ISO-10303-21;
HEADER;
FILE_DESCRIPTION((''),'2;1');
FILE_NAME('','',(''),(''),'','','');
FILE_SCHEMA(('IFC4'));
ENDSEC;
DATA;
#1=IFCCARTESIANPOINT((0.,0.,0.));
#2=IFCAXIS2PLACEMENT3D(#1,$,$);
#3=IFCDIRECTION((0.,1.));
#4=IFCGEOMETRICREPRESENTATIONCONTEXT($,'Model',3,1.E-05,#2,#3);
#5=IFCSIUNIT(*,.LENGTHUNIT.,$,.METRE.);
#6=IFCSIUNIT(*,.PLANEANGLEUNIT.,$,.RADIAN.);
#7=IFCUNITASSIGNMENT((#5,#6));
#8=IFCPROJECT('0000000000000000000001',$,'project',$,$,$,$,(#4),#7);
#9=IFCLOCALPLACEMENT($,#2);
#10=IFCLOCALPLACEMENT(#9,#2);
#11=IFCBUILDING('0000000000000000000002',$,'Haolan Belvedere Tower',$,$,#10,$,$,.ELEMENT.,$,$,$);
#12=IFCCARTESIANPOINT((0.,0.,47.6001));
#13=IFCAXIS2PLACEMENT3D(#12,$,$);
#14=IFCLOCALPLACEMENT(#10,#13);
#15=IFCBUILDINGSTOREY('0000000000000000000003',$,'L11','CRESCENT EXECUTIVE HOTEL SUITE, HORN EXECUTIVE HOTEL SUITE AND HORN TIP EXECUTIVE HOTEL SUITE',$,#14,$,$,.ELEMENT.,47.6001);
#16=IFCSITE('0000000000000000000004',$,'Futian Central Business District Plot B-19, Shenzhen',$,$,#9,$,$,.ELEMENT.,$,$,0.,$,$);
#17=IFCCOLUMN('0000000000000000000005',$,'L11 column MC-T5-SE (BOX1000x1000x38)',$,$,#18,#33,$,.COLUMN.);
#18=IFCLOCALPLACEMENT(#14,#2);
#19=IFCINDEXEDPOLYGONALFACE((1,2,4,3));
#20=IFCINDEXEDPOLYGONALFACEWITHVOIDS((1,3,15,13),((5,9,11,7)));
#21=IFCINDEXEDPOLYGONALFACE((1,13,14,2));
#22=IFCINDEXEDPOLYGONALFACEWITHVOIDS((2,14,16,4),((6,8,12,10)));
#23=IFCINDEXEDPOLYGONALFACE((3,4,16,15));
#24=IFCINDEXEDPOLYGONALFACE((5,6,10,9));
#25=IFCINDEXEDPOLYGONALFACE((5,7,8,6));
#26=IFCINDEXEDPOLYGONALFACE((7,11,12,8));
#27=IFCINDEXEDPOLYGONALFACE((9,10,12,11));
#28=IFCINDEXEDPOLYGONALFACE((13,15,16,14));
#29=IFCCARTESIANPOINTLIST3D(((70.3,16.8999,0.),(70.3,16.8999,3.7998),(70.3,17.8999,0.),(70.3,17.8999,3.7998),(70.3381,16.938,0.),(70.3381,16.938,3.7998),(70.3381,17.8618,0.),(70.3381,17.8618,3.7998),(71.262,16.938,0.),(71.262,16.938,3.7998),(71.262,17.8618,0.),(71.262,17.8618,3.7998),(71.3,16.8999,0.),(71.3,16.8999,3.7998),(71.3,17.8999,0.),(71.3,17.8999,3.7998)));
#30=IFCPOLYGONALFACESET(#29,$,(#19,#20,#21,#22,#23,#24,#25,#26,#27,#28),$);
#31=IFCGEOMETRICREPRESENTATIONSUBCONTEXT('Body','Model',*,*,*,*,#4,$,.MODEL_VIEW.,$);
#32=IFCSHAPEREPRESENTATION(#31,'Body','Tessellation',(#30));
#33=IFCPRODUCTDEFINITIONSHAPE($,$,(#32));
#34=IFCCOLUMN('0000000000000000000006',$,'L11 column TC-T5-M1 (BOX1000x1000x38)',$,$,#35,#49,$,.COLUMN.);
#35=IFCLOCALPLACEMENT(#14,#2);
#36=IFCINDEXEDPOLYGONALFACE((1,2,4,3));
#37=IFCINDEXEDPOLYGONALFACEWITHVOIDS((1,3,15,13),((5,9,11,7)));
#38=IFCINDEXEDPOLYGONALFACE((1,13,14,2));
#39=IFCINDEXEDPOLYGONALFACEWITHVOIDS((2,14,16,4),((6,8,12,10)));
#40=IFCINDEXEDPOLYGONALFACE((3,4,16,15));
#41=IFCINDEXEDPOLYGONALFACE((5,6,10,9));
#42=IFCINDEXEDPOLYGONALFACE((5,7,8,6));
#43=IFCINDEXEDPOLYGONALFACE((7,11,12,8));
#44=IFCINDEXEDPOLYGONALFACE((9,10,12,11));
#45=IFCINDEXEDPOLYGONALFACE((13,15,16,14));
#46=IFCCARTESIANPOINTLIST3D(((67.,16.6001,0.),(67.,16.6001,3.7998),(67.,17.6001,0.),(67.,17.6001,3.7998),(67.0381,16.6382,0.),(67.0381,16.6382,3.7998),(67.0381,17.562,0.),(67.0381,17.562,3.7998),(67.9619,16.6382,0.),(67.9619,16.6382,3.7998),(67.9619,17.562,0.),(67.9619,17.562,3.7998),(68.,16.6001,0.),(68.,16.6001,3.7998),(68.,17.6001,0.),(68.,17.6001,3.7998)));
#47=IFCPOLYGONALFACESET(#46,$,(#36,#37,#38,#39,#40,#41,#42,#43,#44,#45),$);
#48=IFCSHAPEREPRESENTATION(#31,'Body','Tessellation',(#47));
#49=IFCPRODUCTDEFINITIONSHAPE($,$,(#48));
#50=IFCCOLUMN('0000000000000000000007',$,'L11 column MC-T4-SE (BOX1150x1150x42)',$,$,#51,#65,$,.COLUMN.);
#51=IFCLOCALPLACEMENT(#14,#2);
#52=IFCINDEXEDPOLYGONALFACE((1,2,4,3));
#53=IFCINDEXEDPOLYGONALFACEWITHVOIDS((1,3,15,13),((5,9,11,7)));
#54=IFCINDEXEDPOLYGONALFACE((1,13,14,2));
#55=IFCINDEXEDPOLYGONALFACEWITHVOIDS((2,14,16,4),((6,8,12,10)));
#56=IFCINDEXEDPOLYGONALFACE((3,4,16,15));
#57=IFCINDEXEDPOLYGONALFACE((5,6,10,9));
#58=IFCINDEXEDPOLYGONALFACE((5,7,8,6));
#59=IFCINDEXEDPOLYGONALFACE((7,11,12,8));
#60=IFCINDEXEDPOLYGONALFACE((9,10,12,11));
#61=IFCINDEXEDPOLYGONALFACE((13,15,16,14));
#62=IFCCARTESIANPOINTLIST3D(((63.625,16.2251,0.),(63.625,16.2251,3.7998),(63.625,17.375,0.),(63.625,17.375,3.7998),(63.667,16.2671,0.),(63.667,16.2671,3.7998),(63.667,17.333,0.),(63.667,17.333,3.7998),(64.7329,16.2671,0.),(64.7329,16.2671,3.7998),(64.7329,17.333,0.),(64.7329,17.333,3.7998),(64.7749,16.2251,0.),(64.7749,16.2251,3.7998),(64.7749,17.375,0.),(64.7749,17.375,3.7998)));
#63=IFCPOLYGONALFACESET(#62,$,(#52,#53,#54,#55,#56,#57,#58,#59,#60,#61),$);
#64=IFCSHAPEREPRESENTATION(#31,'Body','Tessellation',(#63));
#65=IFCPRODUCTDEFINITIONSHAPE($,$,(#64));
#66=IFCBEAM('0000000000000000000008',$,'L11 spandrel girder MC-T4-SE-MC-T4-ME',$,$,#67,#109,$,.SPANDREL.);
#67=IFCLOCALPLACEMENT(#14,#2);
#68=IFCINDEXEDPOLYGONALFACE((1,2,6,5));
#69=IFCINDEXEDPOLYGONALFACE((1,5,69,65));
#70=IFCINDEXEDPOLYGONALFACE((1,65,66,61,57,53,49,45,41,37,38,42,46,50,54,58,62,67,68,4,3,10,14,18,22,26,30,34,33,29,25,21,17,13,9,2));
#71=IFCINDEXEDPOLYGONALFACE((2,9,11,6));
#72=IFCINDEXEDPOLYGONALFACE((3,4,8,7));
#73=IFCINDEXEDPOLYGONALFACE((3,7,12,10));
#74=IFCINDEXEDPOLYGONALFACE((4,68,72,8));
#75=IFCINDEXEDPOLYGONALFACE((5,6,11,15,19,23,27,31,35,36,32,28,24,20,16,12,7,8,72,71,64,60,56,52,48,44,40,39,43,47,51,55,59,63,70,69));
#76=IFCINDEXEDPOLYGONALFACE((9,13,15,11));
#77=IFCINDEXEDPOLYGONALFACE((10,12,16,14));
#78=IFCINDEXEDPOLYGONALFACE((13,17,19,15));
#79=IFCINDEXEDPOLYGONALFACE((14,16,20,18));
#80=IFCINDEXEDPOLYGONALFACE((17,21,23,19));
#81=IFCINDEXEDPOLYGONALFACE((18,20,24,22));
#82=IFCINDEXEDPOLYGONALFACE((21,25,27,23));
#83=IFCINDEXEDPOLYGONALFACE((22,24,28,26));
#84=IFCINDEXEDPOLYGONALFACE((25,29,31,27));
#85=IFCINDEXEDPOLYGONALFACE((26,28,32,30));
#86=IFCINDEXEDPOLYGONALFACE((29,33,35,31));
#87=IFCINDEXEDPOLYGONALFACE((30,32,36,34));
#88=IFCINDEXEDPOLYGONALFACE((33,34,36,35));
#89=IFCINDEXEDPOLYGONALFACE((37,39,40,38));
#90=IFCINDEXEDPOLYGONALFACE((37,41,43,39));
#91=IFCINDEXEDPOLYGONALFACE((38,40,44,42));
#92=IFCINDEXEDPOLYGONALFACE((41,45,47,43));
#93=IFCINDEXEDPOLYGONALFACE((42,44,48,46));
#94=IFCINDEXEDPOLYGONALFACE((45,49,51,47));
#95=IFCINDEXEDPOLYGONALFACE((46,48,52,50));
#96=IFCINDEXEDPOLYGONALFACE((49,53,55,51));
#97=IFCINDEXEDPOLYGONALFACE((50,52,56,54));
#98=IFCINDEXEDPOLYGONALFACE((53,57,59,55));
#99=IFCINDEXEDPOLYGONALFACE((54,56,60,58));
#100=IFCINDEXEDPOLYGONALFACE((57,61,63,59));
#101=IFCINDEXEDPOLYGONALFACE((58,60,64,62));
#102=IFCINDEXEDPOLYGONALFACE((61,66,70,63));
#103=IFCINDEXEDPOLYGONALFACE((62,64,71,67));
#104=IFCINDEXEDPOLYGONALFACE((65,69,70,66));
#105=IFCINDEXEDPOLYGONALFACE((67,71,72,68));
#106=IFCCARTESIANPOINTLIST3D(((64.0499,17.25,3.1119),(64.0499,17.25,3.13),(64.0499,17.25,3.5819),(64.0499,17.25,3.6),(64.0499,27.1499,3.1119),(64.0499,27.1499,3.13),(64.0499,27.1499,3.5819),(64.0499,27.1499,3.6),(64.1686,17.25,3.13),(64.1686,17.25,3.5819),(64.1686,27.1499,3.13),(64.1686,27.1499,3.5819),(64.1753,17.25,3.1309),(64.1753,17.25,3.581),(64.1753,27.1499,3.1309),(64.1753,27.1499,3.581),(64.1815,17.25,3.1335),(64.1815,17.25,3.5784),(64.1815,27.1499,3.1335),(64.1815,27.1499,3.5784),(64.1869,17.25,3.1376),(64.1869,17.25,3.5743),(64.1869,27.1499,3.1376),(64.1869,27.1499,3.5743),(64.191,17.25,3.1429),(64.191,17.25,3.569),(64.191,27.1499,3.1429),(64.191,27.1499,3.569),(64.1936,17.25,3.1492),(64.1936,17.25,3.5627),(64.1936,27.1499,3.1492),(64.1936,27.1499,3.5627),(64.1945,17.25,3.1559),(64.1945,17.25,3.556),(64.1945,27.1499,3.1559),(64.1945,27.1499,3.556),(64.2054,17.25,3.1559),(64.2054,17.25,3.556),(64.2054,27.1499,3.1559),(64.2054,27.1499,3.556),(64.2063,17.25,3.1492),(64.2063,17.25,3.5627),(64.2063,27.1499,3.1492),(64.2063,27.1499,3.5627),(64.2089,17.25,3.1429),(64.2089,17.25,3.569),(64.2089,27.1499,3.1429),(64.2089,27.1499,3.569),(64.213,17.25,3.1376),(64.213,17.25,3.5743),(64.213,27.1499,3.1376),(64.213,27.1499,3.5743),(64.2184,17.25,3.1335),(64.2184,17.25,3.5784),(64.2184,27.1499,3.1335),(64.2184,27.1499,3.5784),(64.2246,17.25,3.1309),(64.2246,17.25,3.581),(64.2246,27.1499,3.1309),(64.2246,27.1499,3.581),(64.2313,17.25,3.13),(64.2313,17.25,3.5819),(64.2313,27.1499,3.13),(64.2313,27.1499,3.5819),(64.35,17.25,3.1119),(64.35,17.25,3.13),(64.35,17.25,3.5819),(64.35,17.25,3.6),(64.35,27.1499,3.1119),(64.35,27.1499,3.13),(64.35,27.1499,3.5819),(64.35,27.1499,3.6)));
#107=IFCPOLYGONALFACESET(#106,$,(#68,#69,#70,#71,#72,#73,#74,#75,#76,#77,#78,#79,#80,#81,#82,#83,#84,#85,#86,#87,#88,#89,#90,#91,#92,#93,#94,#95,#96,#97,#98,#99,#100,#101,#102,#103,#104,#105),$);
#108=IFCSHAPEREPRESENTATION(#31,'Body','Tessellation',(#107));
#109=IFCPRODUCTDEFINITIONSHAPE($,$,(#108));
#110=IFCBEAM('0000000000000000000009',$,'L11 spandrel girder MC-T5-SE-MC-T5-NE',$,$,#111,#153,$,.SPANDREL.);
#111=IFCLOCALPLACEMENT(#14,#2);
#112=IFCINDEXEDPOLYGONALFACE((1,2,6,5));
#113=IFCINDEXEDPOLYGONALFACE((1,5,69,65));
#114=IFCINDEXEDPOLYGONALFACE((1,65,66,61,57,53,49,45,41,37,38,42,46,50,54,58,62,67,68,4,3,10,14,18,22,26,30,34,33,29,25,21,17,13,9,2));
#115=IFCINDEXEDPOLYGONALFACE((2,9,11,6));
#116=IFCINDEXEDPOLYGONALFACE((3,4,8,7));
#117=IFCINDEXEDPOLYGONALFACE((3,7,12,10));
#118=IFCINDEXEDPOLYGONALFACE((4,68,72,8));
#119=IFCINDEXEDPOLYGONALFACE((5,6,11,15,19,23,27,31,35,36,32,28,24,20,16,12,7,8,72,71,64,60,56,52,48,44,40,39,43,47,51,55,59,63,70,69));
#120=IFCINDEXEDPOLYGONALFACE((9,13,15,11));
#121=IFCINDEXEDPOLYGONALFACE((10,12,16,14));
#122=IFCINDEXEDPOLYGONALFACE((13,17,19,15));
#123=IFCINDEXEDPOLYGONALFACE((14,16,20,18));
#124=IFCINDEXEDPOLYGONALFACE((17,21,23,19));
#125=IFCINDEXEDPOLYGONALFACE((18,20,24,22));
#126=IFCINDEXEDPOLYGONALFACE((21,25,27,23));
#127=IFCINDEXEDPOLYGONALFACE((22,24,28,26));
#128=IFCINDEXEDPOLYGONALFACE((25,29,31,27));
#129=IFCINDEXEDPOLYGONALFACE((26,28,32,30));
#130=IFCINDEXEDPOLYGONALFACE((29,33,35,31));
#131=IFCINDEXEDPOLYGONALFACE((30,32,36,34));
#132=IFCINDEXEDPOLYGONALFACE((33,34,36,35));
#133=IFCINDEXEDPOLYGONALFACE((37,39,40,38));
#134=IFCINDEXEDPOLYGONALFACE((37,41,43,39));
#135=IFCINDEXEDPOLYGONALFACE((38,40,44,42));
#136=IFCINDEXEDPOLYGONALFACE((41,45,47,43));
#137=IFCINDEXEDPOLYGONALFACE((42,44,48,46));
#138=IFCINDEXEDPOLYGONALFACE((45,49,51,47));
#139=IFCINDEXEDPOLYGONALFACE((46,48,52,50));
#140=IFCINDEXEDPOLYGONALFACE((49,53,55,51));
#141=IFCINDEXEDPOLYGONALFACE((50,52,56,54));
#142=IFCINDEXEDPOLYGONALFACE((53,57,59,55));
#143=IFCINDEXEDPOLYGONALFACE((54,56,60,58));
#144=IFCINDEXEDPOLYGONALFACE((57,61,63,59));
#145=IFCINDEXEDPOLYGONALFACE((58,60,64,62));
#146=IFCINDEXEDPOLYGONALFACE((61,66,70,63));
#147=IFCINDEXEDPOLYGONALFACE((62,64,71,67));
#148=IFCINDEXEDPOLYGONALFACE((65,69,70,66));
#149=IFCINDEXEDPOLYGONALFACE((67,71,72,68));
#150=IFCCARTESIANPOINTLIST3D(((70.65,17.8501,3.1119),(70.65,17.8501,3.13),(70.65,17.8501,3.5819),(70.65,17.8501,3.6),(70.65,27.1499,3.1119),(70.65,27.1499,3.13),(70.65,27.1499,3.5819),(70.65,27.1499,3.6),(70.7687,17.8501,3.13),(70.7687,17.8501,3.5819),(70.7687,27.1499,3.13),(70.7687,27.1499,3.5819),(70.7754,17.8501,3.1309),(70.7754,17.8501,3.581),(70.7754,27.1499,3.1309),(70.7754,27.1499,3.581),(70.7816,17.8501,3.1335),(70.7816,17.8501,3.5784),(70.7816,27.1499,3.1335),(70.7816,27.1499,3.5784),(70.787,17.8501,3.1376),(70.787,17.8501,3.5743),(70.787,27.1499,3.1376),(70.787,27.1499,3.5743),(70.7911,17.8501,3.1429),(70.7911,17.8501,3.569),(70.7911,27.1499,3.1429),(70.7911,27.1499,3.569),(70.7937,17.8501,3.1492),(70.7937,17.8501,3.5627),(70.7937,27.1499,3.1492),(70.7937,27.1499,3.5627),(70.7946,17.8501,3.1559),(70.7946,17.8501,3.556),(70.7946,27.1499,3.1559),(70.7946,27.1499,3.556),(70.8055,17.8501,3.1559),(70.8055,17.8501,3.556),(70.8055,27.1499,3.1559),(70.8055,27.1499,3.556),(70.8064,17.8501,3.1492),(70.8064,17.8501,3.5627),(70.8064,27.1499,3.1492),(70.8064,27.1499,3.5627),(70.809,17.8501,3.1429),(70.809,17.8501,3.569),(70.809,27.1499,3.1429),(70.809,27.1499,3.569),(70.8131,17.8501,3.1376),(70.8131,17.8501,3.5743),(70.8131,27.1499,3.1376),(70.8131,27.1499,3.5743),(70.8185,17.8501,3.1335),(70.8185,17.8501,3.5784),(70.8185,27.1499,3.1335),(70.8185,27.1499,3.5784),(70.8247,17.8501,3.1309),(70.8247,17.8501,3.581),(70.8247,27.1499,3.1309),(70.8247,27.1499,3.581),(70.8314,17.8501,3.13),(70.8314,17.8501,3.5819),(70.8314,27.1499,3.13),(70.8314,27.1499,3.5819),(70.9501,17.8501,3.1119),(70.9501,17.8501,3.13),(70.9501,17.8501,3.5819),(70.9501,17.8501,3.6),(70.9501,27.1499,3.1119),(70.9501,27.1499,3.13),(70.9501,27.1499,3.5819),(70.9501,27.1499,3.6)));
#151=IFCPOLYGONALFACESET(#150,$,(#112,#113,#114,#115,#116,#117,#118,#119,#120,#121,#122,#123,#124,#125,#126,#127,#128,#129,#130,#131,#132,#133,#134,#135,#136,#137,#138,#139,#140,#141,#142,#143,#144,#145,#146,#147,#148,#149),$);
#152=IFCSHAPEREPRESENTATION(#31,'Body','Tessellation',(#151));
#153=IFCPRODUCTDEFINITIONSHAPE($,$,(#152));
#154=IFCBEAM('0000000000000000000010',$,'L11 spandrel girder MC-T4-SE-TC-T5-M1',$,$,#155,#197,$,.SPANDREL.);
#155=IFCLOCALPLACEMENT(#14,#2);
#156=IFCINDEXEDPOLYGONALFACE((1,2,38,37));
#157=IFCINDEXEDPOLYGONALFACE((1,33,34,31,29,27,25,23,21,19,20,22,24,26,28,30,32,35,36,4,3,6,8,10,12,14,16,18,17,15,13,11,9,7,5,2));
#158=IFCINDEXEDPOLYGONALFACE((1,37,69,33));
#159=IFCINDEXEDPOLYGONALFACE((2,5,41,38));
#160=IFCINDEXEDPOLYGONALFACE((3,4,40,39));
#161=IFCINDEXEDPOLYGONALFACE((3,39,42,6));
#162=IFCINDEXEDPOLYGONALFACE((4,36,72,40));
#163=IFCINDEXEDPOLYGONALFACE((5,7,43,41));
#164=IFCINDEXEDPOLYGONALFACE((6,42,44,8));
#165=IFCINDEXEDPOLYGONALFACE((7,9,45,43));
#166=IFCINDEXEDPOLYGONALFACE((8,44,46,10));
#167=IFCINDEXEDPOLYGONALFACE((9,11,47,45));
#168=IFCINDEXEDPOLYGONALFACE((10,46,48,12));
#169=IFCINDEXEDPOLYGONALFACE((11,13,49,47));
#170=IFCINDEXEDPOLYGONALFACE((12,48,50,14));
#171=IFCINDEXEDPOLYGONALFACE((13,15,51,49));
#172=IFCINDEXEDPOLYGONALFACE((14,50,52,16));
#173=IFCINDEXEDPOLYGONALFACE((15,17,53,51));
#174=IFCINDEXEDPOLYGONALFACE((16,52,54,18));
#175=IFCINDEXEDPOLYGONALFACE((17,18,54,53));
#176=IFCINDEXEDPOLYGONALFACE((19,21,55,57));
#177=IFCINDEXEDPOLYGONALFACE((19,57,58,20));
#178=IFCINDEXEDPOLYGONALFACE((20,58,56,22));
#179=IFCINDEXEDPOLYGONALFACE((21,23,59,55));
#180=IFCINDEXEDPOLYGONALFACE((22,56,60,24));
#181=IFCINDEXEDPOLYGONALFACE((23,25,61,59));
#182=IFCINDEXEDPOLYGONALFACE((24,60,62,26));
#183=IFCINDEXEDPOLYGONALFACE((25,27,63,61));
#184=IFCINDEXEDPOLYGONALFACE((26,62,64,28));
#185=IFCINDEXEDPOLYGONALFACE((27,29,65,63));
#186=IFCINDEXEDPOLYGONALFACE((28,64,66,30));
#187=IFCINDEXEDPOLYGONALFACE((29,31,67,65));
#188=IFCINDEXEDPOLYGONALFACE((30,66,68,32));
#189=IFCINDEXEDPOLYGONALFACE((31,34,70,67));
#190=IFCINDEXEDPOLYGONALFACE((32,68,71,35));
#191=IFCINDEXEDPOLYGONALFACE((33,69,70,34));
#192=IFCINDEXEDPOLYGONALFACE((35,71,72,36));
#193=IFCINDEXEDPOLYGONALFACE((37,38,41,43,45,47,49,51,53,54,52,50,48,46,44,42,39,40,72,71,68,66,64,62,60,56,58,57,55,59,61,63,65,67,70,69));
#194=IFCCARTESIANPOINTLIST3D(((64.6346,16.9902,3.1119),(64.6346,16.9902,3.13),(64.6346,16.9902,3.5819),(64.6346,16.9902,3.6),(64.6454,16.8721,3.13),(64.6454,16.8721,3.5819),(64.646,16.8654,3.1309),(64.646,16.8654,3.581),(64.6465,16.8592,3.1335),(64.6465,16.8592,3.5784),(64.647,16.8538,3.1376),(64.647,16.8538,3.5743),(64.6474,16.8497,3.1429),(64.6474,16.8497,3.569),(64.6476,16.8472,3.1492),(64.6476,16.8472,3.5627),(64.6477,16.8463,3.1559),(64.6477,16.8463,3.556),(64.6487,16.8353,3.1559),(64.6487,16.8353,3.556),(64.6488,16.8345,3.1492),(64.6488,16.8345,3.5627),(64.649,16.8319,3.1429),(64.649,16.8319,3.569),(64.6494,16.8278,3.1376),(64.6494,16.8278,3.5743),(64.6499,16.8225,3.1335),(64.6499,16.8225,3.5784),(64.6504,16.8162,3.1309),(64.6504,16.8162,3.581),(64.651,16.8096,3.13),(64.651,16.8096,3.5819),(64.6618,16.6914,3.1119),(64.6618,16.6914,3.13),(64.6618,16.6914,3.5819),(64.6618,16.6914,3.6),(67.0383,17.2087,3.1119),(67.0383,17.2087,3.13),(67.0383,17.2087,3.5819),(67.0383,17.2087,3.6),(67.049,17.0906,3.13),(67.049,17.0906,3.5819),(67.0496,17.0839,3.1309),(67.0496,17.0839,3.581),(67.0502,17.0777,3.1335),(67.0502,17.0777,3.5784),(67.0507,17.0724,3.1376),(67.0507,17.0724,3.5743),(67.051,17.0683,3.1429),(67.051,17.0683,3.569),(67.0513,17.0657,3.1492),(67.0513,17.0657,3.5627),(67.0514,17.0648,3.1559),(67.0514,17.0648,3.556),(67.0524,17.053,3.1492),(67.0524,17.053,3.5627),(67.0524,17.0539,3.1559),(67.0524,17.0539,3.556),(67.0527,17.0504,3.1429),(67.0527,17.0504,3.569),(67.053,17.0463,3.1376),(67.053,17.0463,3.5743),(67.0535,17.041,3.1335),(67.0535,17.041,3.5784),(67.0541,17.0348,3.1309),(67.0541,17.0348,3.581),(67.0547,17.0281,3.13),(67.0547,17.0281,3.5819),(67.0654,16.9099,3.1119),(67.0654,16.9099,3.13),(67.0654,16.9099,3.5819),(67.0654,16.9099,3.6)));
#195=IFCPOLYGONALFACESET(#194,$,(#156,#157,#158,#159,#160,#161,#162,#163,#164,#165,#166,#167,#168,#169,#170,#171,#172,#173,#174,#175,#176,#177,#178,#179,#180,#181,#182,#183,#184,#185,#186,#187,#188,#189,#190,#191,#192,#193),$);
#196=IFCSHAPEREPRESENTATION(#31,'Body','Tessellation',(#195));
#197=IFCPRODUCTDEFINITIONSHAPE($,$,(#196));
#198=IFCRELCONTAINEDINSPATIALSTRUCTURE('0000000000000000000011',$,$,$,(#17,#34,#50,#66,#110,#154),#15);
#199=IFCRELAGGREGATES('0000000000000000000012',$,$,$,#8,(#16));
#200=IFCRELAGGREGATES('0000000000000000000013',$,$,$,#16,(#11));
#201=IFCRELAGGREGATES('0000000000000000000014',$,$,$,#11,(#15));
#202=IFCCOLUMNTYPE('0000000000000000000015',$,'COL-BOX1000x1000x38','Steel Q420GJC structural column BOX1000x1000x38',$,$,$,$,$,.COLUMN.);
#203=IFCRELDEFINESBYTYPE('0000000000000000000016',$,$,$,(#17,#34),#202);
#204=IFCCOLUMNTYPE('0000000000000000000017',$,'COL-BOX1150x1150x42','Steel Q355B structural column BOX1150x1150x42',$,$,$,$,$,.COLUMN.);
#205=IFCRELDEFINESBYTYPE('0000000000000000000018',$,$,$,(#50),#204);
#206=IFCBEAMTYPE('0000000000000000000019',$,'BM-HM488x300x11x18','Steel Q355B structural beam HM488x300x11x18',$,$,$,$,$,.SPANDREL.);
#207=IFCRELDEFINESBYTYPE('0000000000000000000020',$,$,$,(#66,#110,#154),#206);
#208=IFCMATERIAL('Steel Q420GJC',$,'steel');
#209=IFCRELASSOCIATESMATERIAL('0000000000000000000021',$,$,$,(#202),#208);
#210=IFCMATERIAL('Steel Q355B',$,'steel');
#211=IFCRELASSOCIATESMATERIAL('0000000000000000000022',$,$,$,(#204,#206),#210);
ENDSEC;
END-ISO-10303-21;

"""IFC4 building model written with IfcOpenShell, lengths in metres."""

from ifc_helpers import new_model, si_unit, direction, frame, origin, origin_2d, place, context, subcontext, project, spatial, hollow_rectangle, i_section, extrude, material, material_profile, profile_set, type_object, element, save


model = new_model("IFC4")

# Units and contexts
model_context = context("Model", 3, precision=1e-05, world=origin(), true_north=direction((0.0, 1.0)))
body_context = subcontext(model_context, "Body", "Model", "MODEL_VIEW")
ifc_project = project(units=[si_unit("LENGTHUNIT", "METRE"), si_unit("PLANEANGLEUNIT", "RADIAN")], contexts=[model_context])

# Site, building, storey
site_placement = place(None, origin())
site = spatial("IfcSite", under=ifc_project, at=site_placement, Name="Futian Central Business District Plot B-19, Shenzhen", CompositionType="ELEMENT", RefElevation=0.0)
building_placement = place(site_placement, origin())
building = spatial("IfcBuilding", under=site, at=building_placement, Name="Haolan Belvedere Tower", CompositionType="ELEMENT")
storey_placement = place(building_placement, frame((0.0, 0.0, 47.6001)))
storey = spatial("IfcBuildingStorey", under=building, at=storey_placement, Name="L11", Description="CRESCENT EXECUTIVE HOTEL SUITE, HORN EXECUTIVE HOTEL SUITE AND HORN TIP EXECUTIVE HOTEL SUITE", CompositionType="ELEMENT", Elevation=47.6001)

# Columns
ifc_material_1 = material(Name="Steel Q420GJC", Category="steel")
ifc_material_profile_1 = material_profile(ifc_material_1, hollow_rectangle(XDim=1.0, YDim=1.0, WallThickness=0.0381, at=origin_2d()), Name="Steel Q420GJC")
ifc_profile_set_1 = profile_set([ifc_material_profile_1], Name="Steel Q420GJC")
column_type_1 = type_object("IfcColumnType", Name="COL-BOX1000x1000x38", Description="Steel Q420GJC structural column BOX1000x1000x38", PredefinedType="COLUMN", material=ifc_profile_set_1)
for number, where, z_axis, x_axis, name in (
    (1, (70.8, 17.3999, 0.0), (0.0, 0.0, 1.0), (1.0, 0.0, 0.0), "L11 column MC-T5-SE (BOX1000x1000x38)"),
    (2, (67.5, 17.1001, 0.0), (0.0, 0.0, 1.0), (1.0, 0.0, 0.0), "L11 column TC-T5-M1 (BOX1000x1000x38)"),
):
    element("IfcColumn", number, at=place(storey_placement, frame(where, z_axis=z_axis, x_axis=x_axis)), inside=storey, type_object=column_type_1, Name=name, PredefinedType="COLUMN", context=body_context, shape_type="SweptSolid", body=[
        extrude(hollow_rectangle(XDim=1.0, YDim=1.0, WallThickness=0.0381, at=origin_2d()), origin(), (0.0, 0.0, 1.0), 3.7998),
    ])
ifc_material_2 = material(Name="Steel Q355B", Category="steel")
ifc_material_profile_2 = material_profile(ifc_material_2, hollow_rectangle(XDim=1.1499, YDim=1.1499, WallThickness=0.042, at=origin_2d()), Name="Steel Q355B")
ifc_profile_set_2 = profile_set([ifc_material_profile_2], Name="Steel Q355B")
column_type_2 = type_object("IfcColumnType", Name="COL-BOX1150x1150x42", Description="Steel Q355B structural column BOX1150x1150x42", PredefinedType="COLUMN", material=ifc_profile_set_2)
column_placement = place(storey_placement, frame((64.2, 16.8, 0.0), z_axis=(0.0, 0.0, 1.0), x_axis=(1.0, 0.0, 0.0)))
element("IfcColumn", 3, at=column_placement, inside=storey, type_object=column_type_2, Name="L11 column MC-T4-SE (BOX1150x1150x42)", PredefinedType="COLUMN", context=body_context, shape_type="SweptSolid", body=[
    extrude(hollow_rectangle(XDim=1.1499, YDim=1.1499, WallThickness=0.042, at=origin_2d()), origin(), (0.0, 0.0, 1.0), 3.7998),
])

# Beams
ifc_material_profile_3 = material_profile(ifc_material_2, i_section(OverallWidth=0.3, OverallDepth=0.488, WebThickness=0.011, FlangeThickness=0.0181, FilletRadius=0.0259, at=origin_2d()), Name="Steel Q355B")
ifc_profile_set_3 = profile_set([ifc_material_profile_3], Name="Steel Q355B")
beam_type = type_object("IfcBeamType", Name="BM-HM488x300x11x18", Description="Steel Q355B structural beam HM488x300x11x18", PredefinedType="SPANDREL", material=ifc_profile_set_3)
beam_1_placement = place(storey_placement, frame((64.2, 17.25, 3.356), z_axis=(0.0, 1.0, 0.0), x_axis=(-1.0, 0.0, 0.0)))
element("IfcBeam", 4, at=beam_1_placement, inside=storey, type_object=beam_type, Name="L11 spandrel girder MC-T4-SE-MC-T4-ME", PredefinedType="SPANDREL", context=body_context, shape_type="SweptSolid", body=[
    extrude(i_section(OverallWidth=0.3, OverallDepth=0.488, WebThickness=0.011, FlangeThickness=0.0181, FilletRadius=0.0259, at=origin_2d()), origin(), (0.0, 0.0, 1.0), 9.8999),
])
beam_2_placement = place(storey_placement, frame((70.8, 17.8501, 3.356), z_axis=(0.0, 1.0, 0.0), x_axis=(-1.0, 0.0, 0.0)))
element("IfcBeam", 5, at=beam_2_placement, inside=storey, type_object=beam_type, Name="L11 spandrel girder MC-T5-SE-MC-T5-NE", PredefinedType="SPANDREL", context=body_context, shape_type="SweptSolid", body=[
    extrude(i_section(OverallWidth=0.3, OverallDepth=0.488, WebThickness=0.011, FlangeThickness=0.0181, FilletRadius=0.0259, at=origin_2d()), origin(), (0.0, 0.0, 1.0), 9.2998),
])
for number, where, z_axis, x_axis, name in (
    (6, (64.6482, 16.8408, 3.356), (0.995893, 0.090536, 0.0), (-0.090536, 0.995893, 0.0), "L11 spandrel girder MC-T4-SE-TC-T5-M1"),
):
    element("IfcBeam", number, at=place(storey_placement, frame(where, z_axis=z_axis, x_axis=x_axis)), inside=storey, type_object=beam_type, Name=name, PredefinedType="SPANDREL", context=body_context, shape_type="SweptSolid", body=[
        extrude(i_section(OverallWidth=0.3, OverallDepth=0.488, WebThickness=0.011, FlangeThickness=0.0181, FilletRadius=0.0259, at=origin_2d()), origin(), (0.0, 0.0, 1.0), 2.4136),
    ])

save(model, "model.ifc")
